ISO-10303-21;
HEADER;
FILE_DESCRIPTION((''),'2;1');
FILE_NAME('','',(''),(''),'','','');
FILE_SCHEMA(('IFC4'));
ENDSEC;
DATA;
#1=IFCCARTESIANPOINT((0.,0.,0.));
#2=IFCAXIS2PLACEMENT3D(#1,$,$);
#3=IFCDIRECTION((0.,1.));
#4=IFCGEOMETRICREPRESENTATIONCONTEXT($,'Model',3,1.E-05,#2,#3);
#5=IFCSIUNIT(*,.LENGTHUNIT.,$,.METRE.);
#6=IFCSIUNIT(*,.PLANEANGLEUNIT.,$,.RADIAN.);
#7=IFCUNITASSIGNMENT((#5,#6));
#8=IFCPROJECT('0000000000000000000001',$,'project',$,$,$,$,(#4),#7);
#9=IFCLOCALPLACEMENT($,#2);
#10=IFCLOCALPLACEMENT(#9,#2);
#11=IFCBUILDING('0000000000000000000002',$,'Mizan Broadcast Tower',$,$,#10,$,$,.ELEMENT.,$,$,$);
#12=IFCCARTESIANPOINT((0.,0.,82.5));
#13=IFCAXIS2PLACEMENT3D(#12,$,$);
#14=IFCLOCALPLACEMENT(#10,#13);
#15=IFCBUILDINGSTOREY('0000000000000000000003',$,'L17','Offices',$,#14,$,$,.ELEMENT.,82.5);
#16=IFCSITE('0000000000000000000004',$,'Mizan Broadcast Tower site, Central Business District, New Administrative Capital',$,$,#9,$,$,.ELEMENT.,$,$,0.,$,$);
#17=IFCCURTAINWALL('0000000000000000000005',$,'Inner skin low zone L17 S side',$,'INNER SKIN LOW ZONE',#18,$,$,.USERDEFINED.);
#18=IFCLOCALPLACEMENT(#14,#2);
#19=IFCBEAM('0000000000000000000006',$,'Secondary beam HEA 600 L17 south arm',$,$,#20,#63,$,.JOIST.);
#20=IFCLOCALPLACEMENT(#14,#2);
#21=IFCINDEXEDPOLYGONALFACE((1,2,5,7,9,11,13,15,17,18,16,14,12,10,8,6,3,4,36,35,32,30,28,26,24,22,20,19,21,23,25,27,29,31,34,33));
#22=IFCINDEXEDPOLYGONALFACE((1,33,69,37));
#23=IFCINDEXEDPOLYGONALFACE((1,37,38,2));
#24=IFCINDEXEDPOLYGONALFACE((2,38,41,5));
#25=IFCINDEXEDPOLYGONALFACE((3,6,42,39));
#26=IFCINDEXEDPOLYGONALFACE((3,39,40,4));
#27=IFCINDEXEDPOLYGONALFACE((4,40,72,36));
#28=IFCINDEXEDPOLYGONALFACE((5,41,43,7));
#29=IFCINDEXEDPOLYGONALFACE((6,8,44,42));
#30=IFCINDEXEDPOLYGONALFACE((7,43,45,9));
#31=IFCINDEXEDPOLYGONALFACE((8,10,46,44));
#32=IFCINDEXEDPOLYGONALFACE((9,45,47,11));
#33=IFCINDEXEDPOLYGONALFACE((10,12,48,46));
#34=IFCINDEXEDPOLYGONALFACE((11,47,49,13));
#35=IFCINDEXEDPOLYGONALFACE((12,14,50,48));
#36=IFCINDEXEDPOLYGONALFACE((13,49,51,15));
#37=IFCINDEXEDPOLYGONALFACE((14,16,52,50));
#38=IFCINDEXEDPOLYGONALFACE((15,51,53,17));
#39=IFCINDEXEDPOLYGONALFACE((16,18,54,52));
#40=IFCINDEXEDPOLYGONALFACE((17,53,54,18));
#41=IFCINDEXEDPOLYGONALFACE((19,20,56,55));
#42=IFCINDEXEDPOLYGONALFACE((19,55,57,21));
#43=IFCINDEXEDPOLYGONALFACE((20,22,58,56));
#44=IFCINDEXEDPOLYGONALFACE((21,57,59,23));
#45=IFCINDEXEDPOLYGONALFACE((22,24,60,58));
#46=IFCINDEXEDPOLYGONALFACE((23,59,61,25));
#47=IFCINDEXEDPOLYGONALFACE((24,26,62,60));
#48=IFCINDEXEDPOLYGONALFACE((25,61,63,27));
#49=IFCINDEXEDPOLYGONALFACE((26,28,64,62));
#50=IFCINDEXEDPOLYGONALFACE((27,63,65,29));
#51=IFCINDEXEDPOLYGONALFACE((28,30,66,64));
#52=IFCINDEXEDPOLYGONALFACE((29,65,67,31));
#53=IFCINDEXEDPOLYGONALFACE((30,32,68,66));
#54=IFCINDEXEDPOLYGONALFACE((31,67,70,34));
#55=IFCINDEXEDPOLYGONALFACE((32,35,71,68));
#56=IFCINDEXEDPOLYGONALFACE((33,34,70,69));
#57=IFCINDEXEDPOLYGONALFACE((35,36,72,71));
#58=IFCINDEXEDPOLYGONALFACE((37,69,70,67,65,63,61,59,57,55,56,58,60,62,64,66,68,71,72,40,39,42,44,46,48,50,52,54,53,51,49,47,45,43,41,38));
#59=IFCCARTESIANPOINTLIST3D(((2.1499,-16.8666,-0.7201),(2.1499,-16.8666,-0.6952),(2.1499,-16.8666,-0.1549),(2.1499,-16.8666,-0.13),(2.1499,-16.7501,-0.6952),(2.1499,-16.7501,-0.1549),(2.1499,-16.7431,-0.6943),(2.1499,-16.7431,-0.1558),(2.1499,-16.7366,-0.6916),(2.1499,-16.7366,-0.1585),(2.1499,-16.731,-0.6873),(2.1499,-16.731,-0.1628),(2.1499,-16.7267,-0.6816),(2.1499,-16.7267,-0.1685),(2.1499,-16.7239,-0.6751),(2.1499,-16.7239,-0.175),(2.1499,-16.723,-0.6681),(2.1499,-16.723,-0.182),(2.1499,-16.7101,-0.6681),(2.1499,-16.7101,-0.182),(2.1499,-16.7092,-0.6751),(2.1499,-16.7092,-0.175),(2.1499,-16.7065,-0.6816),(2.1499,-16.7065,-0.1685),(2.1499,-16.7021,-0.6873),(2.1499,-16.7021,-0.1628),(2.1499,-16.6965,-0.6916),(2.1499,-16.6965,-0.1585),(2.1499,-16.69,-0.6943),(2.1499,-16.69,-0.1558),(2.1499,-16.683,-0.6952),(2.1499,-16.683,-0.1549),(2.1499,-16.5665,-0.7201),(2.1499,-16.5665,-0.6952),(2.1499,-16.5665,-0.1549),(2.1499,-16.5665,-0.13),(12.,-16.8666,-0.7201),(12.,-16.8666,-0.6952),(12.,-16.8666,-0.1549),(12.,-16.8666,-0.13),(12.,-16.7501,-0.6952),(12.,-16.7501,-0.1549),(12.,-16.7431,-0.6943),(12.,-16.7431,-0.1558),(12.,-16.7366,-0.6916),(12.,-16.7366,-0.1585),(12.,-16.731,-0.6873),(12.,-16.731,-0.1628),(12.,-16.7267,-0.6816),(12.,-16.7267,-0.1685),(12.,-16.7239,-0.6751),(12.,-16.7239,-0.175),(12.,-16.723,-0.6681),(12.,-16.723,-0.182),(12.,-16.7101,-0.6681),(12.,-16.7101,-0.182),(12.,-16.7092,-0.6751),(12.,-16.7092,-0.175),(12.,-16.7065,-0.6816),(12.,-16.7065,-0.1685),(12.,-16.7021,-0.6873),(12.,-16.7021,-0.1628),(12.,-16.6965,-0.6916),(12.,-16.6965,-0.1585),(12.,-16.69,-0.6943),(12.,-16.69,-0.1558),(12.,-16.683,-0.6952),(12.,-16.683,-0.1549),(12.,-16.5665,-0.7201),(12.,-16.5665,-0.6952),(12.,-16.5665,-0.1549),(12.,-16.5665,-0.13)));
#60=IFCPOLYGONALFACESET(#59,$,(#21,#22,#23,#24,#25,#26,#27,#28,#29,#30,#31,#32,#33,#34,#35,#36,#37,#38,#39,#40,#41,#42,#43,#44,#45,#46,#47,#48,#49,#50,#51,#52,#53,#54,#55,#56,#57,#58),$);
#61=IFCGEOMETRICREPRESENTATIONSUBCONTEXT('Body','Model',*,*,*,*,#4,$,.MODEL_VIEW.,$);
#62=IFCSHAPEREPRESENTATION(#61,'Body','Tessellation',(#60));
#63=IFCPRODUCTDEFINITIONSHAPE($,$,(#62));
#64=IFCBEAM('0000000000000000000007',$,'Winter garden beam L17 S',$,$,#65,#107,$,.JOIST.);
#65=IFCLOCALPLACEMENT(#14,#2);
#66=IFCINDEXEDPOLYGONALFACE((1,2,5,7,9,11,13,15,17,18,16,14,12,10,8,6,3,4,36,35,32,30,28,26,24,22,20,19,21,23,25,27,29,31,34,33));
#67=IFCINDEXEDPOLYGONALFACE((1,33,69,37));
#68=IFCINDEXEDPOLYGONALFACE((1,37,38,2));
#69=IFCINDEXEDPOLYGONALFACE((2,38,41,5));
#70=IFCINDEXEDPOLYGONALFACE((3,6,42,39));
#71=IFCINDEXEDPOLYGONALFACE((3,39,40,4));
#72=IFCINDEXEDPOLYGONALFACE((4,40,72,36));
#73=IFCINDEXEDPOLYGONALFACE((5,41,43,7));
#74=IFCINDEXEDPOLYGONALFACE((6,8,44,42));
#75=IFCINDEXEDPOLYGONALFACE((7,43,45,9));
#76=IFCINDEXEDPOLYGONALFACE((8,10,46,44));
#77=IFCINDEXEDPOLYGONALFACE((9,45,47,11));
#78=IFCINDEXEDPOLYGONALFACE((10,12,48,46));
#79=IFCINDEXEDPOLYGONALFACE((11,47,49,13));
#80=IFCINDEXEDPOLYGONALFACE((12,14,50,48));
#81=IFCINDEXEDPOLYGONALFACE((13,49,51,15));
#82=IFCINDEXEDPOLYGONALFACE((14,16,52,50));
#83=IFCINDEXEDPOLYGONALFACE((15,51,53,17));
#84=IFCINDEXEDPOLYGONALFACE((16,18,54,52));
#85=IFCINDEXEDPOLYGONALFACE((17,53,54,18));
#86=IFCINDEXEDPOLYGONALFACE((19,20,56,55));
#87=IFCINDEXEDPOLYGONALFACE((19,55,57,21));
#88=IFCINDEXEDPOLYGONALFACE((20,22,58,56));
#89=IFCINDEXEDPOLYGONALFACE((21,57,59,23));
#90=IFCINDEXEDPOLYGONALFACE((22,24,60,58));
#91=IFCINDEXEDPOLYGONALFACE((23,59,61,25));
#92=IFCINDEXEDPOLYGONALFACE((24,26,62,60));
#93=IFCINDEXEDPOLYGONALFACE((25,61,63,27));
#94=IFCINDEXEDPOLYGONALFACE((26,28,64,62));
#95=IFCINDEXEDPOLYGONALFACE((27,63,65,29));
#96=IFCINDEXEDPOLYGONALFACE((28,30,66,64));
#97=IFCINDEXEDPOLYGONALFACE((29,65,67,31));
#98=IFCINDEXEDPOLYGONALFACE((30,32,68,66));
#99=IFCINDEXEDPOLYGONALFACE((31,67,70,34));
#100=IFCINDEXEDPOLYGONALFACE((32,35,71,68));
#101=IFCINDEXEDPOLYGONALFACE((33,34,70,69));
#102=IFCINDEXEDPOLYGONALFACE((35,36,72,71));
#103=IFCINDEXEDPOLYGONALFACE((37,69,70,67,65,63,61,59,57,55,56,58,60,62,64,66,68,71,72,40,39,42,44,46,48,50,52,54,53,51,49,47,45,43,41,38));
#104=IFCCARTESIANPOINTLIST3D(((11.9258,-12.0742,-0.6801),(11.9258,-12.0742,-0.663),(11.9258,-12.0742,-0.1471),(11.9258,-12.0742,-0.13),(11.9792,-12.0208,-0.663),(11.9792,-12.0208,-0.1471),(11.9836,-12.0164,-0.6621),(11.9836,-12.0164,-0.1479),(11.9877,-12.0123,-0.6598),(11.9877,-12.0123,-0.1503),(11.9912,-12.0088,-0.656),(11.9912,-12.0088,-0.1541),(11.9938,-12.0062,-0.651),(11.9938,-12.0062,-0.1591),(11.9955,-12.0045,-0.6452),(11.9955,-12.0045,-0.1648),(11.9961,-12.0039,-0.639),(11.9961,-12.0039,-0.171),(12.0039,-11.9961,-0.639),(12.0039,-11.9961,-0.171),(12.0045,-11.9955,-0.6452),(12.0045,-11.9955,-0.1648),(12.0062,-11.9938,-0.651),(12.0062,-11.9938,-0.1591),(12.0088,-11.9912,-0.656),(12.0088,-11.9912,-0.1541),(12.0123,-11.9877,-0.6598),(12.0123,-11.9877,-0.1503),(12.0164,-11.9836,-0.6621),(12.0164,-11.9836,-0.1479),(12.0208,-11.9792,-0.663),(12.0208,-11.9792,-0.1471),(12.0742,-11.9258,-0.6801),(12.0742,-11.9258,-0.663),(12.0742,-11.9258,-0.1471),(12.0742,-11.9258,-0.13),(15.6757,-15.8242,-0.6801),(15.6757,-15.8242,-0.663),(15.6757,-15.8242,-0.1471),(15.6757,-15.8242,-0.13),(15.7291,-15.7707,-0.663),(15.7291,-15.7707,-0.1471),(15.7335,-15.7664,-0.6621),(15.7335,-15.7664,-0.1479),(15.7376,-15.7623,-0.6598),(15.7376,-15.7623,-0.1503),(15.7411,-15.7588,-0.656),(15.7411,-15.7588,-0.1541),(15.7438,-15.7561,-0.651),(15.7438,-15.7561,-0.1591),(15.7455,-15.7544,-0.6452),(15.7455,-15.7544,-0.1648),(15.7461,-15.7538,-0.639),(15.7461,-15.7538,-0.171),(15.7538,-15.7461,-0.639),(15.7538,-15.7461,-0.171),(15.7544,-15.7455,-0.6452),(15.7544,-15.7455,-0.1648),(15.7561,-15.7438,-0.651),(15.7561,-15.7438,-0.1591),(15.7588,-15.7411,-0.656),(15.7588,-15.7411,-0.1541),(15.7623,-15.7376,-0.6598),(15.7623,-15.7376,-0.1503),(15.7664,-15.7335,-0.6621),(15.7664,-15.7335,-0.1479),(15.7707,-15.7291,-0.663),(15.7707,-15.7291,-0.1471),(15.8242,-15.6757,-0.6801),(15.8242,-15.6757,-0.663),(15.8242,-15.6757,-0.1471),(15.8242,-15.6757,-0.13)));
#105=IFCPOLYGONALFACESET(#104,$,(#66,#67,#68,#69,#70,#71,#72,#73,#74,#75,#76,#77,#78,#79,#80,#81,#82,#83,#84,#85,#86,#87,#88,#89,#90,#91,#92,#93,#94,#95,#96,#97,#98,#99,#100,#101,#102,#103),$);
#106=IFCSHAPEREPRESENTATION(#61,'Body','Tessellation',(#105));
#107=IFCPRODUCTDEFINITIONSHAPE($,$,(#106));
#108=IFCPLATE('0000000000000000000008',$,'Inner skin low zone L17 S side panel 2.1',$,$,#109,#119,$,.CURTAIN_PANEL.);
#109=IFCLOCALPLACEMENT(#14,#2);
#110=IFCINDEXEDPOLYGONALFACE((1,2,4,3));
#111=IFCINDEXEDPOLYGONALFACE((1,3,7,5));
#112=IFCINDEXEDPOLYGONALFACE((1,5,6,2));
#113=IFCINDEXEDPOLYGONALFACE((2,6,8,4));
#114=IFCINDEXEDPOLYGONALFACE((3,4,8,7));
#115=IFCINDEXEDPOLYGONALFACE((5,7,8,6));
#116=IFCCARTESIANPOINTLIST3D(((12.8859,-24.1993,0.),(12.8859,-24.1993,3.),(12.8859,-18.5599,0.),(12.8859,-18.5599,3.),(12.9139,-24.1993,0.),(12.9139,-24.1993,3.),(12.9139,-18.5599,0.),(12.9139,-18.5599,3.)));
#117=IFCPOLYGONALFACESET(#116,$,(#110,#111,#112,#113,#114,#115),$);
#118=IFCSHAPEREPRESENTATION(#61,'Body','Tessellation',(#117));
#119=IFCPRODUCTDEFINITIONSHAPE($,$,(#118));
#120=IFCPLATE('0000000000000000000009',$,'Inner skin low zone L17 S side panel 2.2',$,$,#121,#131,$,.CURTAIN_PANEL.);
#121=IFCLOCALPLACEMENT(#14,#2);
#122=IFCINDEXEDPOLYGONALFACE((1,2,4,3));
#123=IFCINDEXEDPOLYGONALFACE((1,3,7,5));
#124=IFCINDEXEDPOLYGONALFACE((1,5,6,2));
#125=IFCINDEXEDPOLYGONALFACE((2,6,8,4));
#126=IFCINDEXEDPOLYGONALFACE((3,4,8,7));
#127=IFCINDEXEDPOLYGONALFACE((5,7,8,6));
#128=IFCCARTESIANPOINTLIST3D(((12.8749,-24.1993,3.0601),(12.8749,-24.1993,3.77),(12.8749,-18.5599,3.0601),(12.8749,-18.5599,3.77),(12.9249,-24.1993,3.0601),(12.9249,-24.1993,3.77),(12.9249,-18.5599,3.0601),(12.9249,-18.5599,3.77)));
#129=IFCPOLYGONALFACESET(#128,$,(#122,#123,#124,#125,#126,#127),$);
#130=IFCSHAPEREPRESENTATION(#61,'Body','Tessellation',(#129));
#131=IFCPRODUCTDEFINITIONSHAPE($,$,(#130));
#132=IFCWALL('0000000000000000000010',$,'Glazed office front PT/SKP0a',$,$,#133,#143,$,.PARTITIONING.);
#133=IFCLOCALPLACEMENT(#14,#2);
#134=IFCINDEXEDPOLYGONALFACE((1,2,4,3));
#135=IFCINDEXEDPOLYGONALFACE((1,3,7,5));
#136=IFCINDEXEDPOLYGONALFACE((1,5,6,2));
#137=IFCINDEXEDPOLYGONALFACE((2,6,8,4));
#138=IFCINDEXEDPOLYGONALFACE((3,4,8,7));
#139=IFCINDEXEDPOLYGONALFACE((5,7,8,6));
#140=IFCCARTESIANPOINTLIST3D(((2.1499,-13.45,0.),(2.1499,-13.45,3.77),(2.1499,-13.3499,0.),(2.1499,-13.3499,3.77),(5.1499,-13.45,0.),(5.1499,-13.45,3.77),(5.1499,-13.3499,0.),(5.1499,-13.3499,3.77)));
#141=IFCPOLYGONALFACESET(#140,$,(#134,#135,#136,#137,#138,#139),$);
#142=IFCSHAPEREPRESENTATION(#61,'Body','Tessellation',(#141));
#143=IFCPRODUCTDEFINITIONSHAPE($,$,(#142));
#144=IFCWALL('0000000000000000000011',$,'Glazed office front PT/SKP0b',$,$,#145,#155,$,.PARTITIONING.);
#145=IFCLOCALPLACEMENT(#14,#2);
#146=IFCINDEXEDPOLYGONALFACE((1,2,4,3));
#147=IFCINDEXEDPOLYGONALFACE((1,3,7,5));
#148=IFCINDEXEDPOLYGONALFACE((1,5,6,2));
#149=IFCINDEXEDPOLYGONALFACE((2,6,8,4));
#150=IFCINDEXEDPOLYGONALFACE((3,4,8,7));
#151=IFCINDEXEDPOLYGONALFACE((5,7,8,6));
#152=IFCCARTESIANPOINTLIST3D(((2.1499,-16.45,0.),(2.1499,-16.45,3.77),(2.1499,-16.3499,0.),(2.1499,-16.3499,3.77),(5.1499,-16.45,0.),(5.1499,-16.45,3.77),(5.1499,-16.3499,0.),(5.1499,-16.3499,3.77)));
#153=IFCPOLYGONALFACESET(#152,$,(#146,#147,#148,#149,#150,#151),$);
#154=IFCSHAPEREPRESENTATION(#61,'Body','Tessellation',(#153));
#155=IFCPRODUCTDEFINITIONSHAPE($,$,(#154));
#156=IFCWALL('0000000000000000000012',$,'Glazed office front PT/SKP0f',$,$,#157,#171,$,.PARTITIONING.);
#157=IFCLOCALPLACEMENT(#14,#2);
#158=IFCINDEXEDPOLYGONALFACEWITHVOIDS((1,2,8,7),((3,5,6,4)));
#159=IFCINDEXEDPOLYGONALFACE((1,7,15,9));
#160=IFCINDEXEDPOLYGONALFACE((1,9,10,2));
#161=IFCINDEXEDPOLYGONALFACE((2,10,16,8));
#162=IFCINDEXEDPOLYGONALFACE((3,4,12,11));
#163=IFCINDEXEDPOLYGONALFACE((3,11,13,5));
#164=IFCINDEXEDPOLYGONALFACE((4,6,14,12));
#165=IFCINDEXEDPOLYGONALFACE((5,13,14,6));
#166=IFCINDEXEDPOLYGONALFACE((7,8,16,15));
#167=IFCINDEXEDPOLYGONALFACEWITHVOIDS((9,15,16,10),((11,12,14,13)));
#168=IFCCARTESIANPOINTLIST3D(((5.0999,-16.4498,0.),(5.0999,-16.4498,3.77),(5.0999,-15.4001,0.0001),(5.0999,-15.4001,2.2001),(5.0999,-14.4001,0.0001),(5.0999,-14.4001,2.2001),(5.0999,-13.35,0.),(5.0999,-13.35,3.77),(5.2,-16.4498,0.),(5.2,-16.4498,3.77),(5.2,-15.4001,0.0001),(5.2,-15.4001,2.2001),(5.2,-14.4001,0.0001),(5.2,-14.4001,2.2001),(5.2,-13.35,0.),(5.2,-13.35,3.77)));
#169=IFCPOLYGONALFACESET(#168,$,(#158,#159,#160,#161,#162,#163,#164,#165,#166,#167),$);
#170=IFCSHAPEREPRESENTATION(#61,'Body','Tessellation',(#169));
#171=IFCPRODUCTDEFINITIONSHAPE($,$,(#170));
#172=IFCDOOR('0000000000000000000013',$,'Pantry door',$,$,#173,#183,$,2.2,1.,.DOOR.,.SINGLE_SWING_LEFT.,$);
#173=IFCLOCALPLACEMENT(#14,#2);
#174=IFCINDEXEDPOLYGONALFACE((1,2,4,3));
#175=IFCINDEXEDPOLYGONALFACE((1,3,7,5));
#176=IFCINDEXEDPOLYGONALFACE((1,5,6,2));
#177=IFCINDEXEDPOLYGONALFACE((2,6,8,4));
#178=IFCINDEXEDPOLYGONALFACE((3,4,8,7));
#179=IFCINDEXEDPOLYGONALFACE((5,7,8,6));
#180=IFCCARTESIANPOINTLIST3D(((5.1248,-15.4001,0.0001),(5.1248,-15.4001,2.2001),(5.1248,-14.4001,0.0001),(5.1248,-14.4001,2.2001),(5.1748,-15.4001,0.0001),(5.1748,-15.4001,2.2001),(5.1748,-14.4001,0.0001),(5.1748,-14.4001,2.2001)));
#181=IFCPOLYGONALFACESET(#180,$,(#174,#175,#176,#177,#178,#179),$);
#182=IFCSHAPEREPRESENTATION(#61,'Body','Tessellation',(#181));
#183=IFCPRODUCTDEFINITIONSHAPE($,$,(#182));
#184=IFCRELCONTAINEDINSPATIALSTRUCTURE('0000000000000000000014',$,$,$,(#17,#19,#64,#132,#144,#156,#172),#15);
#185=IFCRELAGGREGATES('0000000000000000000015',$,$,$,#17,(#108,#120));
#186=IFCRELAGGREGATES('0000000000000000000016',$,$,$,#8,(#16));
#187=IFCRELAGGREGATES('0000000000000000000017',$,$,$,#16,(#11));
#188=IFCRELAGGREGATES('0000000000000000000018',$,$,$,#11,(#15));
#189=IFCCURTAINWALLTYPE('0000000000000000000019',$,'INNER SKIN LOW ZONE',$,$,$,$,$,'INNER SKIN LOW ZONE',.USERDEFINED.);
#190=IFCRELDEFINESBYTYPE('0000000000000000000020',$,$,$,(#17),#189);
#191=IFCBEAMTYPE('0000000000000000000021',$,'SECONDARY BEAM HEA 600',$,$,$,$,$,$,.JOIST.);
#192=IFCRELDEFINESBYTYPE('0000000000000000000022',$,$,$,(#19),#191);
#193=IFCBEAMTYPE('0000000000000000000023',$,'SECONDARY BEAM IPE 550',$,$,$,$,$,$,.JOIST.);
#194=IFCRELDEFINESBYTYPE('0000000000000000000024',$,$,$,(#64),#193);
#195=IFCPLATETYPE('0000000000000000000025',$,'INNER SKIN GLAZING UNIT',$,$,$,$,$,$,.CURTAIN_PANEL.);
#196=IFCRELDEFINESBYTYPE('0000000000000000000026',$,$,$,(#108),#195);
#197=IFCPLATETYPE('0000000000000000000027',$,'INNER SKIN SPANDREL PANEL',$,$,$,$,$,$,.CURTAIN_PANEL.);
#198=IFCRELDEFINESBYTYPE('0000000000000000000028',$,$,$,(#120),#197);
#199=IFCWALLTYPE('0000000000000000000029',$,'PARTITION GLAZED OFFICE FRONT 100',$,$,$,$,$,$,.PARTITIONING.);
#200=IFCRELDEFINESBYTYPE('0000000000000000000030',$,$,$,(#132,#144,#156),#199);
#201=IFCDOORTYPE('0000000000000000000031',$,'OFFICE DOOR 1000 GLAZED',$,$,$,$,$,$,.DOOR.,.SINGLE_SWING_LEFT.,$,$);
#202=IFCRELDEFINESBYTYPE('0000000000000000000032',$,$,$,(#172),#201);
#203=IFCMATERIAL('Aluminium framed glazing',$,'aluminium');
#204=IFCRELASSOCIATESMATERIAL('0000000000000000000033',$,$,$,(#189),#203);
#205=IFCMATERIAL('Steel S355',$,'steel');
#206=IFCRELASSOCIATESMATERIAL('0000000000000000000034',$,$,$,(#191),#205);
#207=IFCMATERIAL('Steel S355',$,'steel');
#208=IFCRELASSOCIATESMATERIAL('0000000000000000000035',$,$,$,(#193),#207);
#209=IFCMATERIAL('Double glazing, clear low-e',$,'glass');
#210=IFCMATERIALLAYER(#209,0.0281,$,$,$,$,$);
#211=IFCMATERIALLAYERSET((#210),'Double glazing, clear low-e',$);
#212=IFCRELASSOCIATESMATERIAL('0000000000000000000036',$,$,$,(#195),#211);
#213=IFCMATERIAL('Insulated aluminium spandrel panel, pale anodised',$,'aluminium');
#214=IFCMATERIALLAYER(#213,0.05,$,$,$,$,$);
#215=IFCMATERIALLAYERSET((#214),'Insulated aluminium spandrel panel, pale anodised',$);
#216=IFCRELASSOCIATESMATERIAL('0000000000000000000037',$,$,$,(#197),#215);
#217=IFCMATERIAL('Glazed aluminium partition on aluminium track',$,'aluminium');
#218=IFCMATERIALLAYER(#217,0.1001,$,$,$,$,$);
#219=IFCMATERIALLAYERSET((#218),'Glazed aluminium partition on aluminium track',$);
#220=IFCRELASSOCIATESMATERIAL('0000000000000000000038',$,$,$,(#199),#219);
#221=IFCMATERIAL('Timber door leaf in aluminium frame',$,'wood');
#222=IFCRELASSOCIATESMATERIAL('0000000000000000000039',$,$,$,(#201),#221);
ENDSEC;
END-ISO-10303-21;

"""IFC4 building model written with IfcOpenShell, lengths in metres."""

from ifc_helpers import new_model, si_unit, direction, frame, frame_2d, origin, origin_2d, place, context, subcontext, project, spatial, rectangle, i_section, extrude, material, layer, layer_set, material_profile, profile_set, type_object, element, fill, aggregate, save


model = new_model("IFC4")

# Units and contexts
model_context = context("Model", 3, precision=1e-05, world=origin(), true_north=direction((0.0, 1.0)))
body_context = subcontext(model_context, "Body", "Model", "MODEL_VIEW")
ifc_project = project(units=[si_unit("LENGTHUNIT", "METRE"), si_unit("PLANEANGLEUNIT", "RADIAN")], contexts=[model_context])

# Site, building, storey
site_placement = place(None, origin())
site = spatial("IfcSite", under=ifc_project, at=site_placement, Name="Mizan Broadcast Tower site, Central Business District, New Administrative Capital", CompositionType="ELEMENT", RefElevation=0.0)
building_placement = place(site_placement, origin())
building = spatial("IfcBuilding", under=site, at=building_placement, Name="Mizan Broadcast Tower", CompositionType="ELEMENT")
storey_placement = place(building_placement, frame((0.0, 0.0, 82.5)))
storey = spatial("IfcBuildingStorey", under=building, at=storey_placement, Name="L17", Description="Offices", CompositionType="ELEMENT", Elevation=82.5)

# Curtain wall
ifc_material_1 = material(Name="Aluminium framed glazing", Category="aluminium")
curtain_wall_type = type_object("IfcCurtainWallType", Name="INNER SKIN LOW ZONE", ElementType="INNER SKIN LOW ZONE", PredefinedType="USERDEFINED", material=ifc_material_1)
curtain_wall_placement = place(storey_placement, origin())
curtain_wall = element("IfcCurtainWall", 1, at=curtain_wall_placement, inside=storey, type_object=curtain_wall_type, Name="Inner skin low zone L17 S side", ObjectType="INNER SKIN LOW ZONE", PredefinedType="USERDEFINED")

# Beams
ifc_material_2 = material(Name="Steel S355", Category="steel")
ifc_material_profile_1 = material_profile(ifc_material_2, i_section(OverallWidth=0.3, OverallDepth=0.5901, WebThickness=0.0129, FlangeThickness=0.0249, FilletRadius=0.0271, at=origin_2d()), Name="HEA 600")
ifc_profile_set_1 = profile_set([ifc_material_profile_1], Name="Steel S355")
beam_type_1 = type_object("IfcBeamType", Name="SECONDARY BEAM HEA 600", PredefinedType="JOIST", material=ifc_profile_set_1)
for number, where, z_axis, x_axis, name in (
    (2, (12.0, -16.7166, -0.425), (-1.0, 0.0, 0.0), (0.0, -1.0, 0.0), "Secondary beam HEA 600 L17 south arm"),
):
    element("IfcBeam", number, at=place(storey_placement, frame(where, z_axis=z_axis, x_axis=x_axis)), inside=storey, type_object=beam_type_1, Name=name, PredefinedType="JOIST", context=body_context, shape_type="SweptSolid", body=[
        extrude(i_section(OverallWidth=0.3, OverallDepth=0.5901, WebThickness=0.0129, FlangeThickness=0.0249, FilletRadius=0.0271, at=origin_2d()), origin(), (0.0, 0.0, 1.0), 9.8501),
    ])
ifc_material_3 = material(Name="Steel S355", Category="steel")
ifc_material_profile_2 = material_profile(ifc_material_3, i_section(OverallWidth=0.21, OverallDepth=0.55, WebThickness=0.011, FlangeThickness=0.0171, FilletRadius=0.0239, at=origin_2d()), Name="IPE 550")
ifc_profile_set_2 = profile_set([ifc_material_profile_2], Name="Steel S355")
beam_type_2 = type_object("IfcBeamType", Name="SECONDARY BEAM IPE 550", PredefinedType="JOIST", material=ifc_profile_set_2)
beam_1_placement = place(storey_placement, frame((12.0, -12.0, -0.405), z_axis=(0.707107, -0.707107, 0.0), x_axis=(0.707107, 0.707107, 0.0)))
element("IfcBeam", 3, at=beam_1_placement, inside=storey, type_object=beam_type_2, Name="Winter garden beam L17 S", PredefinedType="JOIST", context=body_context, shape_type="SweptSolid", body=[
    extrude(i_section(OverallWidth=0.21, OverallDepth=0.55, WebThickness=0.011, FlangeThickness=0.0171, FilletRadius=0.0239, at=origin_2d()), origin(), (0.0, 0.0, 1.0), 5.3032),
])

# Plates
ifc_material_4 = material(Name="Double glazing, clear low-e", Category="glass")
ifc_layer_1 = layer(ifc_material_4, 0.0281)
ifc_layer_set_1 = layer_set([ifc_layer_1], Name="Double glazing, clear low-e")
plate_type_1 = type_object("IfcPlateType", Name="INNER SKIN GLAZING UNIT", PredefinedType="CURTAIN_PANEL", material=ifc_layer_set_1)
plate_1_placement = place(storey_placement, frame((12.8999, -21.3796, 0.0), z_axis=(0.0, 0.0, 1.0), x_axis=(0.0, 1.0, 0.0)))
plate_1 = element("IfcPlate", 4, at=plate_1_placement, type_object=plate_type_1, Name="Inner skin low zone L17 S side panel 2.1", PredefinedType="CURTAIN_PANEL", context=body_context, shape_type="SweptSolid", body=[
    extrude(rectangle(XDim=5.6394, YDim=0.0281, at=origin_2d()), origin(), (0.0, 0.0, 1.0), 3.0),
])
ifc_material_5 = material(Name="Insulated aluminium spandrel panel, pale anodised", Category="aluminium")
ifc_layer_2 = layer(ifc_material_5, 0.05)
ifc_layer_set_2 = layer_set([ifc_layer_2], Name="Insulated aluminium spandrel panel, pale anodised")
plate_type_2 = type_object("IfcPlateType", Name="INNER SKIN SPANDREL PANEL", PredefinedType="CURTAIN_PANEL", material=ifc_layer_set_2)
plate_2_placement = place(storey_placement, frame((12.8999, -21.3796, 3.0601), z_axis=(0.0, 0.0, 1.0), x_axis=(0.0, 1.0, 0.0)))
plate_2 = element("IfcPlate", 5, at=plate_2_placement, type_object=plate_type_2, Name="Inner skin low zone L17 S side panel 2.2", PredefinedType="CURTAIN_PANEL", context=body_context, shape_type="SweptSolid", body=[
    extrude(rectangle(XDim=5.6394, YDim=0.05, at=origin_2d()), origin(), (0.0, 0.0, 1.0), 0.71),
])
aggregate(curtain_wall, [plate_1, plate_2])

# Walls
ifc_material_6 = material(Name="Glazed aluminium partition on aluminium track", Category="aluminium")
ifc_layer_3 = layer(ifc_material_6, 0.1001)
ifc_layer_set_3 = layer_set([ifc_layer_3], Name="Glazed aluminium partition on aluminium track")
wall_type_1 = type_object("IfcWallType", Name="PARTITION GLAZED OFFICE FRONT 100", PredefinedType="PARTITIONING", material=ifc_layer_set_3)
for number, where, z_axis, x_axis, name in (
    (6, (2.1499, -13.3999, 0.0), (0.0, 0.0, 1.0), (1.0, 0.0, 0.0), "Glazed office front PT/SKP0a"),
    (7, (2.1499, -16.3999, 0.0), (0.0, 0.0, 1.0), (1.0, 0.0, 0.0), "Glazed office front PT/SKP0b"),
):
    element("IfcWall", number, at=place(storey_placement, frame(where, z_axis=z_axis, x_axis=x_axis)), inside=storey, type_object=wall_type_1, Name=name, PredefinedType="PARTITIONING", context=body_context, shape_type="SweptSolid", body=[
        extrude(rectangle(XDim=3.0, YDim=0.1001, at=frame_2d((1.5, 0.0))), origin(), (0.0, 0.0, 1.0), 3.77),
    ])

# Wall, opening, door
wall_1_placement = place(storey_placement, frame((5.1499, -13.3501, 0.0), z_axis=(0.0, 0.0, 1.0), x_axis=(0.0, -1.0, 0.0)))
wall_1 = element("IfcWall", 8, at=wall_1_placement, inside=storey, type_object=wall_type_1, Name="Glazed office front PT/SKP0f", PredefinedType="PARTITIONING", context=body_context, shape_type="SweptSolid", body=[
    extrude(rectangle(XDim=3.0999, YDim=0.1001, at=frame_2d((1.5498, 0.0))), origin(), (0.0, 0.0, 1.0), 3.77),
])
opening_placement = place(wall_1_placement, frame((1.05, 0.0, 0.0)))
opening = element("IfcOpeningElement", 9, at=opening_placement, cuts=wall_1, PredefinedType="OPENING", context=body_context, shape_type="SweptSolid", body=[
    extrude(rectangle(XDim=1.0, YDim=2.2, at=frame_2d((0.5, 1.1001))), frame((0.0, 0.0601, 0.0), z_axis=(0.0, -1.0, 0.0), x_axis=(1.0, 0.0, 0.0)), (0.0, 0.0, 1.0), 0.1201),
])
ifc_material_7 = material(Name="Timber door leaf in aluminium frame", Category="wood")
door_type = type_object("IfcDoorType", Name="OFFICE DOOR 1000 GLAZED", OperationType="SINGLE_SWING_LEFT", PredefinedType="DOOR", material=ifc_material_7)
door_placement = place(opening_placement, origin())
door = element("IfcDoor", 10, at=door_placement, inside=storey, type_object=door_type, Name="Pantry door", OperationType="SINGLE_SWING_LEFT", OverallHeight=2.2, OverallWidth=1.0, PredefinedType="DOOR", context=body_context, shape_type="SweptSolid", body=[
    extrude(rectangle(XDim=1.0, YDim=2.2, at=frame_2d((0.5, 1.1001))), frame((0.0, 0.0249, 0.0), z_axis=(0.0, -1.0, 0.0), x_axis=(1.0, 0.0, 0.0)), (0.0, 0.0, 1.0), 0.05),
])
fill(opening, door)

save(model, "model.ifc")
